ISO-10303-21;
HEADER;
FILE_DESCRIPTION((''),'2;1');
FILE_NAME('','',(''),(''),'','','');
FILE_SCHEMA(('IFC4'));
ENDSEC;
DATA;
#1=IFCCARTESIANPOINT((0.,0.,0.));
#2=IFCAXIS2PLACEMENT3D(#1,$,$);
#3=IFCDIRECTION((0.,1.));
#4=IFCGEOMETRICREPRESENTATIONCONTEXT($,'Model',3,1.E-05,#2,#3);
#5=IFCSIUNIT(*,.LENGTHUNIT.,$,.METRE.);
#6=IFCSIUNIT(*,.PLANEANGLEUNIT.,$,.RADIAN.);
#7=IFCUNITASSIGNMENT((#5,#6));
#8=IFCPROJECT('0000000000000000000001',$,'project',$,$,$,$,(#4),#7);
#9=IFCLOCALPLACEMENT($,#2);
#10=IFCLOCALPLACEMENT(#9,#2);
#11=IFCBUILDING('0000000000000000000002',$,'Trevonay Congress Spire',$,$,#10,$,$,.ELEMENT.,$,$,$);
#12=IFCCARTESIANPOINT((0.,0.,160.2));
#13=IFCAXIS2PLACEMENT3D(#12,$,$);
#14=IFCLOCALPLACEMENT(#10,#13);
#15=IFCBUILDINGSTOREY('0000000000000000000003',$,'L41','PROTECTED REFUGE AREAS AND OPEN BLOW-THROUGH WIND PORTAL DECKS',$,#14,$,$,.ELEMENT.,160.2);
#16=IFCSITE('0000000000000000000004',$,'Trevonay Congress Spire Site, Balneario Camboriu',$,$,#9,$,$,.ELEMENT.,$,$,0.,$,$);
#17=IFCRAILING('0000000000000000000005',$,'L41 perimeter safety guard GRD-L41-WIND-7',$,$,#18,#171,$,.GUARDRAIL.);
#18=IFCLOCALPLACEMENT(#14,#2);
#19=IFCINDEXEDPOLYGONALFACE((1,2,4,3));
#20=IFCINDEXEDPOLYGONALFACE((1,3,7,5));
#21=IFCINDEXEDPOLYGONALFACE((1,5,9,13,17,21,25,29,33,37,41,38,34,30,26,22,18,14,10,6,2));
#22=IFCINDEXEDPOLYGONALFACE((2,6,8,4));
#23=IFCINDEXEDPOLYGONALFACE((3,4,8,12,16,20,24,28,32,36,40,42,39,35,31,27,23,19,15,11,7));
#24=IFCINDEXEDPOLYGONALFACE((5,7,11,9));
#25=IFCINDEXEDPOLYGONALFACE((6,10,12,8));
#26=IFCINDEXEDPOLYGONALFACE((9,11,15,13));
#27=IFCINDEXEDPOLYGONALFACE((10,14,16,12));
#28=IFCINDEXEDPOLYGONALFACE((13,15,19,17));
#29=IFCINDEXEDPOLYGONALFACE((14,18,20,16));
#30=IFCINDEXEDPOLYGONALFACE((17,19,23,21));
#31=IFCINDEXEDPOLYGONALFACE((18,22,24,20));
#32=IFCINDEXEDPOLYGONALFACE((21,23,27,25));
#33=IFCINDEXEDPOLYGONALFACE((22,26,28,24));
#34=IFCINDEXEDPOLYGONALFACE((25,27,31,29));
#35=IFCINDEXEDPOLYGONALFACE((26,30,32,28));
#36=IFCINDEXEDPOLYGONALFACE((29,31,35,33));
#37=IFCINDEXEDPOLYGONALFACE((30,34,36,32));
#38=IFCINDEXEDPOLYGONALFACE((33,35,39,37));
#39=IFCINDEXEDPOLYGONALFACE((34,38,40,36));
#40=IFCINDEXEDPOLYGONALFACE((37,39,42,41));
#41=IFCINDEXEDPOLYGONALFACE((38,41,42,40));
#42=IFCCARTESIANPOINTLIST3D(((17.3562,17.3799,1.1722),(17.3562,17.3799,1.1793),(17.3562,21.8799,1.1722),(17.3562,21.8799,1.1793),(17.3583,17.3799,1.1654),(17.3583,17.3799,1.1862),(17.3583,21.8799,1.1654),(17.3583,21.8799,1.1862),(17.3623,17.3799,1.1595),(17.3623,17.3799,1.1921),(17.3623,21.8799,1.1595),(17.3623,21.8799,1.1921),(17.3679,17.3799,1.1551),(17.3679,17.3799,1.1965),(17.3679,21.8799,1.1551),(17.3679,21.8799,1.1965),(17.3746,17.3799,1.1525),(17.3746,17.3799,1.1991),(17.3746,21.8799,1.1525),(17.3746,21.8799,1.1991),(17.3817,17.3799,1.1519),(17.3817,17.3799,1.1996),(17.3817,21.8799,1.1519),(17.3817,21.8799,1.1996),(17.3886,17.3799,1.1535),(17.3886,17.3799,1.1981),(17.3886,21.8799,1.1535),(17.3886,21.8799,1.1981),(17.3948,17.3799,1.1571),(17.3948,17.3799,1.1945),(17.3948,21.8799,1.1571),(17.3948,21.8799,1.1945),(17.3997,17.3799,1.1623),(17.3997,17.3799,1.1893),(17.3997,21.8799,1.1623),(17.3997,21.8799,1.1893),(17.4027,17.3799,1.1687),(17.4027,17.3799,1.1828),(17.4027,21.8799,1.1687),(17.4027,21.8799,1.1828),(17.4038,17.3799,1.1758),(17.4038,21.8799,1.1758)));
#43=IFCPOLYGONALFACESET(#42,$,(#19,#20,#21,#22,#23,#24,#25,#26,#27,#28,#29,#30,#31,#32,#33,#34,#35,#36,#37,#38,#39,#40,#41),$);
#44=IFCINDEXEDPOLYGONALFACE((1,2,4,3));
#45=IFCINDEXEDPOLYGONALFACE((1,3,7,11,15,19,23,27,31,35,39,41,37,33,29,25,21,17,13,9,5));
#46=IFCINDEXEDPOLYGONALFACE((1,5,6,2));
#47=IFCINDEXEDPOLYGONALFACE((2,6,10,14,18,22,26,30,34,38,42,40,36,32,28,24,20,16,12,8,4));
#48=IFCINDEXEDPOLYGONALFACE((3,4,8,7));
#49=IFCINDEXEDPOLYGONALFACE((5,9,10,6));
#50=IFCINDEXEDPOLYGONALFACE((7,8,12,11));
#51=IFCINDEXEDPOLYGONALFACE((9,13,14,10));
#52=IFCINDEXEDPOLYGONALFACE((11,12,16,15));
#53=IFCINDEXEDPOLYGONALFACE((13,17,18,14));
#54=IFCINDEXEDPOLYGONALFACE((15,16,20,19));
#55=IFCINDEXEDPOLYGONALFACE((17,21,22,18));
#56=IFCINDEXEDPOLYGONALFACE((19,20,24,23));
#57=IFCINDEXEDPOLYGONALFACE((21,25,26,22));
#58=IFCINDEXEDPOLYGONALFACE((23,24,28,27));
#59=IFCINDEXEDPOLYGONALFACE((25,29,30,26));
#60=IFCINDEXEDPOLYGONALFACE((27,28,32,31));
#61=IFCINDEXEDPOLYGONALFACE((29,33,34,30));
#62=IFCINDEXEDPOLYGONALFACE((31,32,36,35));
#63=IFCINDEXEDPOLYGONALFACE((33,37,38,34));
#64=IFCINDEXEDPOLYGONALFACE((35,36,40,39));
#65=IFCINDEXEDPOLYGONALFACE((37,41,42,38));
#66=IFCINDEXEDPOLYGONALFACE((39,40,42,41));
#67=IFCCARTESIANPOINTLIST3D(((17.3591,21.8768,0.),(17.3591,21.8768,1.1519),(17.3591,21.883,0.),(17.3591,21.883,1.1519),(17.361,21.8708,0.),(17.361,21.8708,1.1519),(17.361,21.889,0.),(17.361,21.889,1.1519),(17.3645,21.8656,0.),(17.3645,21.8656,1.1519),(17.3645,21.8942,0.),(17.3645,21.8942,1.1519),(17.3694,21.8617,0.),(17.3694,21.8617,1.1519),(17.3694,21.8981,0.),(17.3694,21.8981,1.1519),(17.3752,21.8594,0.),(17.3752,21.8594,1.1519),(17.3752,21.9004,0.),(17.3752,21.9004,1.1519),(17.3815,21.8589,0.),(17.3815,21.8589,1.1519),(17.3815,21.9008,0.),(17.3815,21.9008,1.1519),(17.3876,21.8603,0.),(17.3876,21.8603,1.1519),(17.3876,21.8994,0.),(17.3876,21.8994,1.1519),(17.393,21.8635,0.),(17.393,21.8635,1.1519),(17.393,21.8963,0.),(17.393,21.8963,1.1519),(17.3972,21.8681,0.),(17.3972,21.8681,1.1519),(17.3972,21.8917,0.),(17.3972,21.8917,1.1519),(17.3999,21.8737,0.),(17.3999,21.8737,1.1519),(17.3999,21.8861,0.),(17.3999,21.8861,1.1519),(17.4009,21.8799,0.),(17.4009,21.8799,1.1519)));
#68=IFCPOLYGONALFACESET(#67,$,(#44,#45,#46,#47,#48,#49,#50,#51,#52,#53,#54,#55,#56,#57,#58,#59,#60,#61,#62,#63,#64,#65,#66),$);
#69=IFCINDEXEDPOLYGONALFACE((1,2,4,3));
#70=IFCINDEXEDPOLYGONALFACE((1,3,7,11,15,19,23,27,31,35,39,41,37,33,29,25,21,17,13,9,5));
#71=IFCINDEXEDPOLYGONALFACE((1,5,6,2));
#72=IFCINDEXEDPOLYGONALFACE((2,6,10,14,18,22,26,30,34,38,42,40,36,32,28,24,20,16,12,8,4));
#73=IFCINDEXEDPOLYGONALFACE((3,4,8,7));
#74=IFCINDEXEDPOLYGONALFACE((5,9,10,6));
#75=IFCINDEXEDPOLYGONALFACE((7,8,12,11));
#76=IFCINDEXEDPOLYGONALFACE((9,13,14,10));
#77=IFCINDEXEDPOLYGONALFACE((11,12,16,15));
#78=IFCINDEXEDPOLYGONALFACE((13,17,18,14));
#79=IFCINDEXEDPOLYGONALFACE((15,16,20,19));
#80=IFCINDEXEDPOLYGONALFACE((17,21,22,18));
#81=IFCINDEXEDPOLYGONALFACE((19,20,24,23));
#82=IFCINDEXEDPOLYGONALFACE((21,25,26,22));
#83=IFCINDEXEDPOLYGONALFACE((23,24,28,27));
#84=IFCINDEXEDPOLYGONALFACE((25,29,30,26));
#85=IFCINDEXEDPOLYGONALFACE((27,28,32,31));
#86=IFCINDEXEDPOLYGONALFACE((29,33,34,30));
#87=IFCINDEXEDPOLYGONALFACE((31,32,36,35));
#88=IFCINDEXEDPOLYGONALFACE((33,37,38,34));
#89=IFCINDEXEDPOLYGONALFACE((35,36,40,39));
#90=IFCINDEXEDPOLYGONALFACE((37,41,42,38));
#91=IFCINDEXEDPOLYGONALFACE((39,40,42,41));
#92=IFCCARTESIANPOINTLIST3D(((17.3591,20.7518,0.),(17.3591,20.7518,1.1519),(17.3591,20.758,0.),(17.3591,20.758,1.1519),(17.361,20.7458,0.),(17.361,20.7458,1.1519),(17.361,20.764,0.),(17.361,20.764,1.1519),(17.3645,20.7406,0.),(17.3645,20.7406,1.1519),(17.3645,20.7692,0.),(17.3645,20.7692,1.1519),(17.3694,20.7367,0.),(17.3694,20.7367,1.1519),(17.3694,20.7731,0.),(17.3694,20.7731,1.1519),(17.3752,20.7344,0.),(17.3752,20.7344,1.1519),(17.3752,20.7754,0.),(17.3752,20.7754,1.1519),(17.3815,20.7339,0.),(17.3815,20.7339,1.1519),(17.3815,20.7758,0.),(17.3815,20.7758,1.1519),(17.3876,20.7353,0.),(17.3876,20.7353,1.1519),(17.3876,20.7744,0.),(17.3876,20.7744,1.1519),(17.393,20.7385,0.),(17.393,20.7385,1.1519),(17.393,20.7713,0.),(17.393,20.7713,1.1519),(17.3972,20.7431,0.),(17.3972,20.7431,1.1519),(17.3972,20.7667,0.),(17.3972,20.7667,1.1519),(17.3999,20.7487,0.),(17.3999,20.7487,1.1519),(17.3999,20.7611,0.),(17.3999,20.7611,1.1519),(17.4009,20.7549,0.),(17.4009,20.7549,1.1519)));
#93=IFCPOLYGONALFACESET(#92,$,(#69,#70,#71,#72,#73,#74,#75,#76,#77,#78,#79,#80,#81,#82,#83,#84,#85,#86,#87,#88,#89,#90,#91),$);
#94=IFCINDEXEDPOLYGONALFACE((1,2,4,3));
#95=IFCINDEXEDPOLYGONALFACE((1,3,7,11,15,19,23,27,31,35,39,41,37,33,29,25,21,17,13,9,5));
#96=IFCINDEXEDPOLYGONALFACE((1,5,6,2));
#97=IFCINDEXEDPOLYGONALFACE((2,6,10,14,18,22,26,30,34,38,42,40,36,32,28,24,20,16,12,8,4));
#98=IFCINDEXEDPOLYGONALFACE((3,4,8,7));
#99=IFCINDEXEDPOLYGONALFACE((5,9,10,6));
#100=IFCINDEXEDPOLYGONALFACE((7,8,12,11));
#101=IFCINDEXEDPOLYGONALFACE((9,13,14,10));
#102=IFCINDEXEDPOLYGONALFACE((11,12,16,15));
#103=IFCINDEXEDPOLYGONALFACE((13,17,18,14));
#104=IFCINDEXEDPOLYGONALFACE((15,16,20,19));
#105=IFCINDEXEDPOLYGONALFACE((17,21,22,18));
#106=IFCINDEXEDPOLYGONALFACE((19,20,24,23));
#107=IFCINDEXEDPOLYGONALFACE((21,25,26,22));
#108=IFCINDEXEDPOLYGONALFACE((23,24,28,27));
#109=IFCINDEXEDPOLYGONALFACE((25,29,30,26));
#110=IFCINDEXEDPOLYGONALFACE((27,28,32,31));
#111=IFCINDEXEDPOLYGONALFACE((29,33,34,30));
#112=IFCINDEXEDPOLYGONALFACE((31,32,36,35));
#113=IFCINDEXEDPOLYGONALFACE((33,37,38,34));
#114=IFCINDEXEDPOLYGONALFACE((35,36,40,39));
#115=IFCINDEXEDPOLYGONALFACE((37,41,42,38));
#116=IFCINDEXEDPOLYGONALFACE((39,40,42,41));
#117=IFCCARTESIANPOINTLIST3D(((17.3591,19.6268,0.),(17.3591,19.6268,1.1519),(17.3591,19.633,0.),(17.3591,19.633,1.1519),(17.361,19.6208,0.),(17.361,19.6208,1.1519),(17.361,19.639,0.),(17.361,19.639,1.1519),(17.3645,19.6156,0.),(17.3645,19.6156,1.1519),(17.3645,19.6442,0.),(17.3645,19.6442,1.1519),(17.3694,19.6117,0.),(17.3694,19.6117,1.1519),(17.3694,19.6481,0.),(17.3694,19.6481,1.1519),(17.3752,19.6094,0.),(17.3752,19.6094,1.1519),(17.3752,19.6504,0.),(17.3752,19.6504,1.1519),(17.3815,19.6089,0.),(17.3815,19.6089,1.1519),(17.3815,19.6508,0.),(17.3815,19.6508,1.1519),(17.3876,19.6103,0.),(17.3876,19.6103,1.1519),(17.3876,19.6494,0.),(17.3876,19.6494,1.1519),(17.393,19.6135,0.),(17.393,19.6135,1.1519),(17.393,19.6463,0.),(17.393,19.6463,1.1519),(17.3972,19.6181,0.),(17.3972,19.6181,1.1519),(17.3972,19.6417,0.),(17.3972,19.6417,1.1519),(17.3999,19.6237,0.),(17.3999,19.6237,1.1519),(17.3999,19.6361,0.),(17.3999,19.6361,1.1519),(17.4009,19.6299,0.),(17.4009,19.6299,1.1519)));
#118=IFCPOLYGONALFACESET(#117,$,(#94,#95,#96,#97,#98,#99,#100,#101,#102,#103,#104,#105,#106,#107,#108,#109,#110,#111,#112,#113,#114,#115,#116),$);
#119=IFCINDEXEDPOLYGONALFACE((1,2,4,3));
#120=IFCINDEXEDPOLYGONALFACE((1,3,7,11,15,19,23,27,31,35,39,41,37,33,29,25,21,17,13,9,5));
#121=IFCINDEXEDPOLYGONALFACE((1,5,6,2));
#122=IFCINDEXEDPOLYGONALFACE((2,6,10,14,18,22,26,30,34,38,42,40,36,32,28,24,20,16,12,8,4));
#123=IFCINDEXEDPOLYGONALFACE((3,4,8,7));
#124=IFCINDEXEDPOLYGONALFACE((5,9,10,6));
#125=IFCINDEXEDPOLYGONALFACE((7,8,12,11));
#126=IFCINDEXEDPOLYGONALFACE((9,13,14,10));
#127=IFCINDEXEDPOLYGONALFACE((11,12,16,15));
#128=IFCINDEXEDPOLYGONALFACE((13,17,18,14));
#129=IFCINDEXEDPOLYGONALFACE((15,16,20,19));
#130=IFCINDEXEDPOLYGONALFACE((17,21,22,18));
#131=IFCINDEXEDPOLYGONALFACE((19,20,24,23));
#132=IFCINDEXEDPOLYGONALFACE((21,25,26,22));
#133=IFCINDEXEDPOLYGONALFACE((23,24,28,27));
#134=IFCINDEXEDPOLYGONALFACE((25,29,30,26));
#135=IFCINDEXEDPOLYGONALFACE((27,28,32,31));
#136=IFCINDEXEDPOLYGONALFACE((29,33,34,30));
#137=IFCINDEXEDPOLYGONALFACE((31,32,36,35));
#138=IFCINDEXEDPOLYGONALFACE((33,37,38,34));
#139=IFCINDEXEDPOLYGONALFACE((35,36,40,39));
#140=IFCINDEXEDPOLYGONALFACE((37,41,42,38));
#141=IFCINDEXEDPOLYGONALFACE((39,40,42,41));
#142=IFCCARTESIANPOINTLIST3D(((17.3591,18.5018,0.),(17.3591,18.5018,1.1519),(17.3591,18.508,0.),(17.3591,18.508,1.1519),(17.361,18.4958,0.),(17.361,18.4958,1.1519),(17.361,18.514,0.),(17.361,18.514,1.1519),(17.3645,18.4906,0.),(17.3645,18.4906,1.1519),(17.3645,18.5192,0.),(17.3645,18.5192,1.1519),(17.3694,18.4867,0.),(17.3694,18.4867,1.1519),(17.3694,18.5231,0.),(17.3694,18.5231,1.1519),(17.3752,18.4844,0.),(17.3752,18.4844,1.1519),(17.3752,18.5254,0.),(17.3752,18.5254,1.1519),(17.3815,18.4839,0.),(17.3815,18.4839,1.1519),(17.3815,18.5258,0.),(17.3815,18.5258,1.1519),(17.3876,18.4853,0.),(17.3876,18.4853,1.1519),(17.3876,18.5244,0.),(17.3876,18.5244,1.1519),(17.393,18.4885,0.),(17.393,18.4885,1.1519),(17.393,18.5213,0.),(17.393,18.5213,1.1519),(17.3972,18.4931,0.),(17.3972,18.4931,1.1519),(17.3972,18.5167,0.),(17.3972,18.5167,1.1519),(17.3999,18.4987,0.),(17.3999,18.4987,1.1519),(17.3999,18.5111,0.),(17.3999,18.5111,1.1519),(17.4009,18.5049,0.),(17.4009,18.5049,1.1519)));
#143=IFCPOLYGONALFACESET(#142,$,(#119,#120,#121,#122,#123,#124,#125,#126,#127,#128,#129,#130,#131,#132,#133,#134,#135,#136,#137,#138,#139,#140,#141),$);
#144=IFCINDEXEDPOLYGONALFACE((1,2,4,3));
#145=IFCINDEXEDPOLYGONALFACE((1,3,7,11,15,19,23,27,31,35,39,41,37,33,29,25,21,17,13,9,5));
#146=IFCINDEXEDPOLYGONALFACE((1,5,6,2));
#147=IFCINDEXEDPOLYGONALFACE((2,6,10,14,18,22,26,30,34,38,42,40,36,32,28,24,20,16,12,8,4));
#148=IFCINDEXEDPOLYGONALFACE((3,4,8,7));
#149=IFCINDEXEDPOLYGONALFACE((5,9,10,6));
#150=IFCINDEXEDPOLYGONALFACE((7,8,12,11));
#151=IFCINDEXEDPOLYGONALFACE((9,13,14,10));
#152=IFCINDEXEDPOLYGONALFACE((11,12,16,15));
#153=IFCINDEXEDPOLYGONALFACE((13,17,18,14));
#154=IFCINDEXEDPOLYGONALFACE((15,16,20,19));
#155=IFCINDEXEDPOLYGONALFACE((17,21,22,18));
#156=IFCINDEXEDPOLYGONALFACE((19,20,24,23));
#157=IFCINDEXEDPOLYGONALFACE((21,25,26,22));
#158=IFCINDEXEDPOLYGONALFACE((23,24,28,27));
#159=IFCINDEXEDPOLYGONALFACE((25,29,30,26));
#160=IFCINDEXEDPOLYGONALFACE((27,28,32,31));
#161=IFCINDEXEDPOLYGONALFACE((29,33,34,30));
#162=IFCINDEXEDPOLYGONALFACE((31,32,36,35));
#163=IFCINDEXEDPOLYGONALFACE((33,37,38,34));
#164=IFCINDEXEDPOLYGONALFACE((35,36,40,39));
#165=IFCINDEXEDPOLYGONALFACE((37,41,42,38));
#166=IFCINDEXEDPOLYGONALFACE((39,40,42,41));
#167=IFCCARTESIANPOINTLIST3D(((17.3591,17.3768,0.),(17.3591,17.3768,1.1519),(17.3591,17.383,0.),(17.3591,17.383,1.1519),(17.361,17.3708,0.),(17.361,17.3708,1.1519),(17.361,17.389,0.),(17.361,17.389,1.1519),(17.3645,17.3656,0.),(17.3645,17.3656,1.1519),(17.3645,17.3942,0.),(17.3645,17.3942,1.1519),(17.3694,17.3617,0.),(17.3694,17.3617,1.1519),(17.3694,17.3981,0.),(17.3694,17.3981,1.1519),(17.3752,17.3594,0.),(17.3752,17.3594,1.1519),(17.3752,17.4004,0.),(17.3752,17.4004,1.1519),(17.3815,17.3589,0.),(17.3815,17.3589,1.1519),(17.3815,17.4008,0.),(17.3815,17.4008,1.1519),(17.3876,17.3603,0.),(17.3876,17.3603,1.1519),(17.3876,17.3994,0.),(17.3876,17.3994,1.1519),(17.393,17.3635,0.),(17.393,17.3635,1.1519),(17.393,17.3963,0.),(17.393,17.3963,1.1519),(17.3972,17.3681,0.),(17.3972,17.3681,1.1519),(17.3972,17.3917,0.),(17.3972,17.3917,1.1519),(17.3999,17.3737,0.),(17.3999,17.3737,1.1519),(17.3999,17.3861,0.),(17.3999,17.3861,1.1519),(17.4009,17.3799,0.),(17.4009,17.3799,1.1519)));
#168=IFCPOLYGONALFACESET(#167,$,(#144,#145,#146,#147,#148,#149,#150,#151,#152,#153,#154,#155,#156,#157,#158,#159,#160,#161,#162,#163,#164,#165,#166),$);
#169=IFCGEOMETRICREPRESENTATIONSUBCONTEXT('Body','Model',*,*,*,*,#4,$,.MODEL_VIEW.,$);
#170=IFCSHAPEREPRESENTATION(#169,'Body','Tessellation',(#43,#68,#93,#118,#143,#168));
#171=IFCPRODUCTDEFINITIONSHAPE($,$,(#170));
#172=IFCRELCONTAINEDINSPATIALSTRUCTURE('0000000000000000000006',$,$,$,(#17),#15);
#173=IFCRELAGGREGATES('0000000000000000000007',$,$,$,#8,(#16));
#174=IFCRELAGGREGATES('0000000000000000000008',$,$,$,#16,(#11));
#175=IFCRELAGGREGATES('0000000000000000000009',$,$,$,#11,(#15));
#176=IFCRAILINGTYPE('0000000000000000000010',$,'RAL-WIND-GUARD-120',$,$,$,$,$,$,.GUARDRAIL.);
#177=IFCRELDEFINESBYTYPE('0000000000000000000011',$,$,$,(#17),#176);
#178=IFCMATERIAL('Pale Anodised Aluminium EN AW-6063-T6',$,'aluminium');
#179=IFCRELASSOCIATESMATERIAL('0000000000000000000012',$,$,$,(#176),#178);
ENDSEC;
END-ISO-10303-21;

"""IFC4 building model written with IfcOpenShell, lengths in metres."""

from ifc_helpers import new_model, si_unit, direction, frame, origin, origin_2d, place, context, subcontext, project, spatial, circle, extrude, material, type_object, element, save


model = new_model("IFC4")

# Units and contexts
model_context = context("Model", 3, precision=1e-05, world=origin(), true_north=direction((0.0, 1.0)))
body_context = subcontext(model_context, "Body", "Model", "MODEL_VIEW")
ifc_project = project(units=[si_unit("LENGTHUNIT", "METRE"), si_unit("PLANEANGLEUNIT", "RADIAN")], contexts=[model_context])

# Site, building, storey
site_placement = place(None, origin())
site = spatial("IfcSite", under=ifc_project, at=site_placement, Name="Trevonay Congress Spire Site, Balneario Camboriu", CompositionType="ELEMENT", RefElevation=0.0)
building_placement = place(site_placement, origin())
building = spatial("IfcBuilding", under=site, at=building_placement, Name="Trevonay Congress Spire", CompositionType="ELEMENT")
storey_placement = place(building_placement, frame((0.0, 0.0, 160.2)))
storey = spatial("IfcBuildingStorey", under=building, at=storey_placement, Name="L41", Description="PROTECTED REFUGE AREAS AND OPEN BLOW-THROUGH WIND PORTAL DECKS", CompositionType="ELEMENT", Elevation=160.2)

# Railing
ifc_material_1 = material(Name="Pale Anodised Aluminium EN AW-6063-T6", Category="aluminium")
railing_type = type_object("IfcRailingType", Name="RAL-WIND-GUARD-120", PredefinedType="GUARDRAIL", material=ifc_material_1)
railing_1_placement = place(storey_placement, frame((17.3799, 21.8799, 0.0)))
element("IfcRailing", 1, at=railing_1_placement, inside=storey, type_object=railing_type, Name="L41 perimeter safety guard GRD-L41-WIND-7", PredefinedType="GUARDRAIL", context=body_context, shape_type="SweptSolid", body=[
    extrude(circle(Radius=0.0239, at=origin_2d()), frame((0.0, 0.0, 1.1758), z_axis=(0.0, -1.0, 0.0), x_axis=(1.0, 0.0, 0.0)), (0.0, 0.0, 1.0), 4.5),
    extrude(circle(Radius=0.021, at=origin_2d()), origin(), (0.0, 0.0, 1.0), 1.1519),
    extrude(circle(Radius=0.021, at=origin_2d()), frame((0.0, -1.125, 0.0)), (0.0, 0.0, 1.0), 1.1519),
    extrude(circle(Radius=0.021, at=origin_2d()), frame((0.0, -2.25, 0.0)), (0.0, 0.0, 1.0), 1.1519),
    extrude(circle(Radius=0.021, at=origin_2d()), frame((0.0, -3.375, 0.0)), (0.0, 0.0, 1.0), 1.1519),
    extrude(circle(Radius=0.021, at=origin_2d()), frame((0.0, -4.5, 0.0)), (0.0, 0.0, 1.0), 1.1519),
])

save(model, "model.ifc")
